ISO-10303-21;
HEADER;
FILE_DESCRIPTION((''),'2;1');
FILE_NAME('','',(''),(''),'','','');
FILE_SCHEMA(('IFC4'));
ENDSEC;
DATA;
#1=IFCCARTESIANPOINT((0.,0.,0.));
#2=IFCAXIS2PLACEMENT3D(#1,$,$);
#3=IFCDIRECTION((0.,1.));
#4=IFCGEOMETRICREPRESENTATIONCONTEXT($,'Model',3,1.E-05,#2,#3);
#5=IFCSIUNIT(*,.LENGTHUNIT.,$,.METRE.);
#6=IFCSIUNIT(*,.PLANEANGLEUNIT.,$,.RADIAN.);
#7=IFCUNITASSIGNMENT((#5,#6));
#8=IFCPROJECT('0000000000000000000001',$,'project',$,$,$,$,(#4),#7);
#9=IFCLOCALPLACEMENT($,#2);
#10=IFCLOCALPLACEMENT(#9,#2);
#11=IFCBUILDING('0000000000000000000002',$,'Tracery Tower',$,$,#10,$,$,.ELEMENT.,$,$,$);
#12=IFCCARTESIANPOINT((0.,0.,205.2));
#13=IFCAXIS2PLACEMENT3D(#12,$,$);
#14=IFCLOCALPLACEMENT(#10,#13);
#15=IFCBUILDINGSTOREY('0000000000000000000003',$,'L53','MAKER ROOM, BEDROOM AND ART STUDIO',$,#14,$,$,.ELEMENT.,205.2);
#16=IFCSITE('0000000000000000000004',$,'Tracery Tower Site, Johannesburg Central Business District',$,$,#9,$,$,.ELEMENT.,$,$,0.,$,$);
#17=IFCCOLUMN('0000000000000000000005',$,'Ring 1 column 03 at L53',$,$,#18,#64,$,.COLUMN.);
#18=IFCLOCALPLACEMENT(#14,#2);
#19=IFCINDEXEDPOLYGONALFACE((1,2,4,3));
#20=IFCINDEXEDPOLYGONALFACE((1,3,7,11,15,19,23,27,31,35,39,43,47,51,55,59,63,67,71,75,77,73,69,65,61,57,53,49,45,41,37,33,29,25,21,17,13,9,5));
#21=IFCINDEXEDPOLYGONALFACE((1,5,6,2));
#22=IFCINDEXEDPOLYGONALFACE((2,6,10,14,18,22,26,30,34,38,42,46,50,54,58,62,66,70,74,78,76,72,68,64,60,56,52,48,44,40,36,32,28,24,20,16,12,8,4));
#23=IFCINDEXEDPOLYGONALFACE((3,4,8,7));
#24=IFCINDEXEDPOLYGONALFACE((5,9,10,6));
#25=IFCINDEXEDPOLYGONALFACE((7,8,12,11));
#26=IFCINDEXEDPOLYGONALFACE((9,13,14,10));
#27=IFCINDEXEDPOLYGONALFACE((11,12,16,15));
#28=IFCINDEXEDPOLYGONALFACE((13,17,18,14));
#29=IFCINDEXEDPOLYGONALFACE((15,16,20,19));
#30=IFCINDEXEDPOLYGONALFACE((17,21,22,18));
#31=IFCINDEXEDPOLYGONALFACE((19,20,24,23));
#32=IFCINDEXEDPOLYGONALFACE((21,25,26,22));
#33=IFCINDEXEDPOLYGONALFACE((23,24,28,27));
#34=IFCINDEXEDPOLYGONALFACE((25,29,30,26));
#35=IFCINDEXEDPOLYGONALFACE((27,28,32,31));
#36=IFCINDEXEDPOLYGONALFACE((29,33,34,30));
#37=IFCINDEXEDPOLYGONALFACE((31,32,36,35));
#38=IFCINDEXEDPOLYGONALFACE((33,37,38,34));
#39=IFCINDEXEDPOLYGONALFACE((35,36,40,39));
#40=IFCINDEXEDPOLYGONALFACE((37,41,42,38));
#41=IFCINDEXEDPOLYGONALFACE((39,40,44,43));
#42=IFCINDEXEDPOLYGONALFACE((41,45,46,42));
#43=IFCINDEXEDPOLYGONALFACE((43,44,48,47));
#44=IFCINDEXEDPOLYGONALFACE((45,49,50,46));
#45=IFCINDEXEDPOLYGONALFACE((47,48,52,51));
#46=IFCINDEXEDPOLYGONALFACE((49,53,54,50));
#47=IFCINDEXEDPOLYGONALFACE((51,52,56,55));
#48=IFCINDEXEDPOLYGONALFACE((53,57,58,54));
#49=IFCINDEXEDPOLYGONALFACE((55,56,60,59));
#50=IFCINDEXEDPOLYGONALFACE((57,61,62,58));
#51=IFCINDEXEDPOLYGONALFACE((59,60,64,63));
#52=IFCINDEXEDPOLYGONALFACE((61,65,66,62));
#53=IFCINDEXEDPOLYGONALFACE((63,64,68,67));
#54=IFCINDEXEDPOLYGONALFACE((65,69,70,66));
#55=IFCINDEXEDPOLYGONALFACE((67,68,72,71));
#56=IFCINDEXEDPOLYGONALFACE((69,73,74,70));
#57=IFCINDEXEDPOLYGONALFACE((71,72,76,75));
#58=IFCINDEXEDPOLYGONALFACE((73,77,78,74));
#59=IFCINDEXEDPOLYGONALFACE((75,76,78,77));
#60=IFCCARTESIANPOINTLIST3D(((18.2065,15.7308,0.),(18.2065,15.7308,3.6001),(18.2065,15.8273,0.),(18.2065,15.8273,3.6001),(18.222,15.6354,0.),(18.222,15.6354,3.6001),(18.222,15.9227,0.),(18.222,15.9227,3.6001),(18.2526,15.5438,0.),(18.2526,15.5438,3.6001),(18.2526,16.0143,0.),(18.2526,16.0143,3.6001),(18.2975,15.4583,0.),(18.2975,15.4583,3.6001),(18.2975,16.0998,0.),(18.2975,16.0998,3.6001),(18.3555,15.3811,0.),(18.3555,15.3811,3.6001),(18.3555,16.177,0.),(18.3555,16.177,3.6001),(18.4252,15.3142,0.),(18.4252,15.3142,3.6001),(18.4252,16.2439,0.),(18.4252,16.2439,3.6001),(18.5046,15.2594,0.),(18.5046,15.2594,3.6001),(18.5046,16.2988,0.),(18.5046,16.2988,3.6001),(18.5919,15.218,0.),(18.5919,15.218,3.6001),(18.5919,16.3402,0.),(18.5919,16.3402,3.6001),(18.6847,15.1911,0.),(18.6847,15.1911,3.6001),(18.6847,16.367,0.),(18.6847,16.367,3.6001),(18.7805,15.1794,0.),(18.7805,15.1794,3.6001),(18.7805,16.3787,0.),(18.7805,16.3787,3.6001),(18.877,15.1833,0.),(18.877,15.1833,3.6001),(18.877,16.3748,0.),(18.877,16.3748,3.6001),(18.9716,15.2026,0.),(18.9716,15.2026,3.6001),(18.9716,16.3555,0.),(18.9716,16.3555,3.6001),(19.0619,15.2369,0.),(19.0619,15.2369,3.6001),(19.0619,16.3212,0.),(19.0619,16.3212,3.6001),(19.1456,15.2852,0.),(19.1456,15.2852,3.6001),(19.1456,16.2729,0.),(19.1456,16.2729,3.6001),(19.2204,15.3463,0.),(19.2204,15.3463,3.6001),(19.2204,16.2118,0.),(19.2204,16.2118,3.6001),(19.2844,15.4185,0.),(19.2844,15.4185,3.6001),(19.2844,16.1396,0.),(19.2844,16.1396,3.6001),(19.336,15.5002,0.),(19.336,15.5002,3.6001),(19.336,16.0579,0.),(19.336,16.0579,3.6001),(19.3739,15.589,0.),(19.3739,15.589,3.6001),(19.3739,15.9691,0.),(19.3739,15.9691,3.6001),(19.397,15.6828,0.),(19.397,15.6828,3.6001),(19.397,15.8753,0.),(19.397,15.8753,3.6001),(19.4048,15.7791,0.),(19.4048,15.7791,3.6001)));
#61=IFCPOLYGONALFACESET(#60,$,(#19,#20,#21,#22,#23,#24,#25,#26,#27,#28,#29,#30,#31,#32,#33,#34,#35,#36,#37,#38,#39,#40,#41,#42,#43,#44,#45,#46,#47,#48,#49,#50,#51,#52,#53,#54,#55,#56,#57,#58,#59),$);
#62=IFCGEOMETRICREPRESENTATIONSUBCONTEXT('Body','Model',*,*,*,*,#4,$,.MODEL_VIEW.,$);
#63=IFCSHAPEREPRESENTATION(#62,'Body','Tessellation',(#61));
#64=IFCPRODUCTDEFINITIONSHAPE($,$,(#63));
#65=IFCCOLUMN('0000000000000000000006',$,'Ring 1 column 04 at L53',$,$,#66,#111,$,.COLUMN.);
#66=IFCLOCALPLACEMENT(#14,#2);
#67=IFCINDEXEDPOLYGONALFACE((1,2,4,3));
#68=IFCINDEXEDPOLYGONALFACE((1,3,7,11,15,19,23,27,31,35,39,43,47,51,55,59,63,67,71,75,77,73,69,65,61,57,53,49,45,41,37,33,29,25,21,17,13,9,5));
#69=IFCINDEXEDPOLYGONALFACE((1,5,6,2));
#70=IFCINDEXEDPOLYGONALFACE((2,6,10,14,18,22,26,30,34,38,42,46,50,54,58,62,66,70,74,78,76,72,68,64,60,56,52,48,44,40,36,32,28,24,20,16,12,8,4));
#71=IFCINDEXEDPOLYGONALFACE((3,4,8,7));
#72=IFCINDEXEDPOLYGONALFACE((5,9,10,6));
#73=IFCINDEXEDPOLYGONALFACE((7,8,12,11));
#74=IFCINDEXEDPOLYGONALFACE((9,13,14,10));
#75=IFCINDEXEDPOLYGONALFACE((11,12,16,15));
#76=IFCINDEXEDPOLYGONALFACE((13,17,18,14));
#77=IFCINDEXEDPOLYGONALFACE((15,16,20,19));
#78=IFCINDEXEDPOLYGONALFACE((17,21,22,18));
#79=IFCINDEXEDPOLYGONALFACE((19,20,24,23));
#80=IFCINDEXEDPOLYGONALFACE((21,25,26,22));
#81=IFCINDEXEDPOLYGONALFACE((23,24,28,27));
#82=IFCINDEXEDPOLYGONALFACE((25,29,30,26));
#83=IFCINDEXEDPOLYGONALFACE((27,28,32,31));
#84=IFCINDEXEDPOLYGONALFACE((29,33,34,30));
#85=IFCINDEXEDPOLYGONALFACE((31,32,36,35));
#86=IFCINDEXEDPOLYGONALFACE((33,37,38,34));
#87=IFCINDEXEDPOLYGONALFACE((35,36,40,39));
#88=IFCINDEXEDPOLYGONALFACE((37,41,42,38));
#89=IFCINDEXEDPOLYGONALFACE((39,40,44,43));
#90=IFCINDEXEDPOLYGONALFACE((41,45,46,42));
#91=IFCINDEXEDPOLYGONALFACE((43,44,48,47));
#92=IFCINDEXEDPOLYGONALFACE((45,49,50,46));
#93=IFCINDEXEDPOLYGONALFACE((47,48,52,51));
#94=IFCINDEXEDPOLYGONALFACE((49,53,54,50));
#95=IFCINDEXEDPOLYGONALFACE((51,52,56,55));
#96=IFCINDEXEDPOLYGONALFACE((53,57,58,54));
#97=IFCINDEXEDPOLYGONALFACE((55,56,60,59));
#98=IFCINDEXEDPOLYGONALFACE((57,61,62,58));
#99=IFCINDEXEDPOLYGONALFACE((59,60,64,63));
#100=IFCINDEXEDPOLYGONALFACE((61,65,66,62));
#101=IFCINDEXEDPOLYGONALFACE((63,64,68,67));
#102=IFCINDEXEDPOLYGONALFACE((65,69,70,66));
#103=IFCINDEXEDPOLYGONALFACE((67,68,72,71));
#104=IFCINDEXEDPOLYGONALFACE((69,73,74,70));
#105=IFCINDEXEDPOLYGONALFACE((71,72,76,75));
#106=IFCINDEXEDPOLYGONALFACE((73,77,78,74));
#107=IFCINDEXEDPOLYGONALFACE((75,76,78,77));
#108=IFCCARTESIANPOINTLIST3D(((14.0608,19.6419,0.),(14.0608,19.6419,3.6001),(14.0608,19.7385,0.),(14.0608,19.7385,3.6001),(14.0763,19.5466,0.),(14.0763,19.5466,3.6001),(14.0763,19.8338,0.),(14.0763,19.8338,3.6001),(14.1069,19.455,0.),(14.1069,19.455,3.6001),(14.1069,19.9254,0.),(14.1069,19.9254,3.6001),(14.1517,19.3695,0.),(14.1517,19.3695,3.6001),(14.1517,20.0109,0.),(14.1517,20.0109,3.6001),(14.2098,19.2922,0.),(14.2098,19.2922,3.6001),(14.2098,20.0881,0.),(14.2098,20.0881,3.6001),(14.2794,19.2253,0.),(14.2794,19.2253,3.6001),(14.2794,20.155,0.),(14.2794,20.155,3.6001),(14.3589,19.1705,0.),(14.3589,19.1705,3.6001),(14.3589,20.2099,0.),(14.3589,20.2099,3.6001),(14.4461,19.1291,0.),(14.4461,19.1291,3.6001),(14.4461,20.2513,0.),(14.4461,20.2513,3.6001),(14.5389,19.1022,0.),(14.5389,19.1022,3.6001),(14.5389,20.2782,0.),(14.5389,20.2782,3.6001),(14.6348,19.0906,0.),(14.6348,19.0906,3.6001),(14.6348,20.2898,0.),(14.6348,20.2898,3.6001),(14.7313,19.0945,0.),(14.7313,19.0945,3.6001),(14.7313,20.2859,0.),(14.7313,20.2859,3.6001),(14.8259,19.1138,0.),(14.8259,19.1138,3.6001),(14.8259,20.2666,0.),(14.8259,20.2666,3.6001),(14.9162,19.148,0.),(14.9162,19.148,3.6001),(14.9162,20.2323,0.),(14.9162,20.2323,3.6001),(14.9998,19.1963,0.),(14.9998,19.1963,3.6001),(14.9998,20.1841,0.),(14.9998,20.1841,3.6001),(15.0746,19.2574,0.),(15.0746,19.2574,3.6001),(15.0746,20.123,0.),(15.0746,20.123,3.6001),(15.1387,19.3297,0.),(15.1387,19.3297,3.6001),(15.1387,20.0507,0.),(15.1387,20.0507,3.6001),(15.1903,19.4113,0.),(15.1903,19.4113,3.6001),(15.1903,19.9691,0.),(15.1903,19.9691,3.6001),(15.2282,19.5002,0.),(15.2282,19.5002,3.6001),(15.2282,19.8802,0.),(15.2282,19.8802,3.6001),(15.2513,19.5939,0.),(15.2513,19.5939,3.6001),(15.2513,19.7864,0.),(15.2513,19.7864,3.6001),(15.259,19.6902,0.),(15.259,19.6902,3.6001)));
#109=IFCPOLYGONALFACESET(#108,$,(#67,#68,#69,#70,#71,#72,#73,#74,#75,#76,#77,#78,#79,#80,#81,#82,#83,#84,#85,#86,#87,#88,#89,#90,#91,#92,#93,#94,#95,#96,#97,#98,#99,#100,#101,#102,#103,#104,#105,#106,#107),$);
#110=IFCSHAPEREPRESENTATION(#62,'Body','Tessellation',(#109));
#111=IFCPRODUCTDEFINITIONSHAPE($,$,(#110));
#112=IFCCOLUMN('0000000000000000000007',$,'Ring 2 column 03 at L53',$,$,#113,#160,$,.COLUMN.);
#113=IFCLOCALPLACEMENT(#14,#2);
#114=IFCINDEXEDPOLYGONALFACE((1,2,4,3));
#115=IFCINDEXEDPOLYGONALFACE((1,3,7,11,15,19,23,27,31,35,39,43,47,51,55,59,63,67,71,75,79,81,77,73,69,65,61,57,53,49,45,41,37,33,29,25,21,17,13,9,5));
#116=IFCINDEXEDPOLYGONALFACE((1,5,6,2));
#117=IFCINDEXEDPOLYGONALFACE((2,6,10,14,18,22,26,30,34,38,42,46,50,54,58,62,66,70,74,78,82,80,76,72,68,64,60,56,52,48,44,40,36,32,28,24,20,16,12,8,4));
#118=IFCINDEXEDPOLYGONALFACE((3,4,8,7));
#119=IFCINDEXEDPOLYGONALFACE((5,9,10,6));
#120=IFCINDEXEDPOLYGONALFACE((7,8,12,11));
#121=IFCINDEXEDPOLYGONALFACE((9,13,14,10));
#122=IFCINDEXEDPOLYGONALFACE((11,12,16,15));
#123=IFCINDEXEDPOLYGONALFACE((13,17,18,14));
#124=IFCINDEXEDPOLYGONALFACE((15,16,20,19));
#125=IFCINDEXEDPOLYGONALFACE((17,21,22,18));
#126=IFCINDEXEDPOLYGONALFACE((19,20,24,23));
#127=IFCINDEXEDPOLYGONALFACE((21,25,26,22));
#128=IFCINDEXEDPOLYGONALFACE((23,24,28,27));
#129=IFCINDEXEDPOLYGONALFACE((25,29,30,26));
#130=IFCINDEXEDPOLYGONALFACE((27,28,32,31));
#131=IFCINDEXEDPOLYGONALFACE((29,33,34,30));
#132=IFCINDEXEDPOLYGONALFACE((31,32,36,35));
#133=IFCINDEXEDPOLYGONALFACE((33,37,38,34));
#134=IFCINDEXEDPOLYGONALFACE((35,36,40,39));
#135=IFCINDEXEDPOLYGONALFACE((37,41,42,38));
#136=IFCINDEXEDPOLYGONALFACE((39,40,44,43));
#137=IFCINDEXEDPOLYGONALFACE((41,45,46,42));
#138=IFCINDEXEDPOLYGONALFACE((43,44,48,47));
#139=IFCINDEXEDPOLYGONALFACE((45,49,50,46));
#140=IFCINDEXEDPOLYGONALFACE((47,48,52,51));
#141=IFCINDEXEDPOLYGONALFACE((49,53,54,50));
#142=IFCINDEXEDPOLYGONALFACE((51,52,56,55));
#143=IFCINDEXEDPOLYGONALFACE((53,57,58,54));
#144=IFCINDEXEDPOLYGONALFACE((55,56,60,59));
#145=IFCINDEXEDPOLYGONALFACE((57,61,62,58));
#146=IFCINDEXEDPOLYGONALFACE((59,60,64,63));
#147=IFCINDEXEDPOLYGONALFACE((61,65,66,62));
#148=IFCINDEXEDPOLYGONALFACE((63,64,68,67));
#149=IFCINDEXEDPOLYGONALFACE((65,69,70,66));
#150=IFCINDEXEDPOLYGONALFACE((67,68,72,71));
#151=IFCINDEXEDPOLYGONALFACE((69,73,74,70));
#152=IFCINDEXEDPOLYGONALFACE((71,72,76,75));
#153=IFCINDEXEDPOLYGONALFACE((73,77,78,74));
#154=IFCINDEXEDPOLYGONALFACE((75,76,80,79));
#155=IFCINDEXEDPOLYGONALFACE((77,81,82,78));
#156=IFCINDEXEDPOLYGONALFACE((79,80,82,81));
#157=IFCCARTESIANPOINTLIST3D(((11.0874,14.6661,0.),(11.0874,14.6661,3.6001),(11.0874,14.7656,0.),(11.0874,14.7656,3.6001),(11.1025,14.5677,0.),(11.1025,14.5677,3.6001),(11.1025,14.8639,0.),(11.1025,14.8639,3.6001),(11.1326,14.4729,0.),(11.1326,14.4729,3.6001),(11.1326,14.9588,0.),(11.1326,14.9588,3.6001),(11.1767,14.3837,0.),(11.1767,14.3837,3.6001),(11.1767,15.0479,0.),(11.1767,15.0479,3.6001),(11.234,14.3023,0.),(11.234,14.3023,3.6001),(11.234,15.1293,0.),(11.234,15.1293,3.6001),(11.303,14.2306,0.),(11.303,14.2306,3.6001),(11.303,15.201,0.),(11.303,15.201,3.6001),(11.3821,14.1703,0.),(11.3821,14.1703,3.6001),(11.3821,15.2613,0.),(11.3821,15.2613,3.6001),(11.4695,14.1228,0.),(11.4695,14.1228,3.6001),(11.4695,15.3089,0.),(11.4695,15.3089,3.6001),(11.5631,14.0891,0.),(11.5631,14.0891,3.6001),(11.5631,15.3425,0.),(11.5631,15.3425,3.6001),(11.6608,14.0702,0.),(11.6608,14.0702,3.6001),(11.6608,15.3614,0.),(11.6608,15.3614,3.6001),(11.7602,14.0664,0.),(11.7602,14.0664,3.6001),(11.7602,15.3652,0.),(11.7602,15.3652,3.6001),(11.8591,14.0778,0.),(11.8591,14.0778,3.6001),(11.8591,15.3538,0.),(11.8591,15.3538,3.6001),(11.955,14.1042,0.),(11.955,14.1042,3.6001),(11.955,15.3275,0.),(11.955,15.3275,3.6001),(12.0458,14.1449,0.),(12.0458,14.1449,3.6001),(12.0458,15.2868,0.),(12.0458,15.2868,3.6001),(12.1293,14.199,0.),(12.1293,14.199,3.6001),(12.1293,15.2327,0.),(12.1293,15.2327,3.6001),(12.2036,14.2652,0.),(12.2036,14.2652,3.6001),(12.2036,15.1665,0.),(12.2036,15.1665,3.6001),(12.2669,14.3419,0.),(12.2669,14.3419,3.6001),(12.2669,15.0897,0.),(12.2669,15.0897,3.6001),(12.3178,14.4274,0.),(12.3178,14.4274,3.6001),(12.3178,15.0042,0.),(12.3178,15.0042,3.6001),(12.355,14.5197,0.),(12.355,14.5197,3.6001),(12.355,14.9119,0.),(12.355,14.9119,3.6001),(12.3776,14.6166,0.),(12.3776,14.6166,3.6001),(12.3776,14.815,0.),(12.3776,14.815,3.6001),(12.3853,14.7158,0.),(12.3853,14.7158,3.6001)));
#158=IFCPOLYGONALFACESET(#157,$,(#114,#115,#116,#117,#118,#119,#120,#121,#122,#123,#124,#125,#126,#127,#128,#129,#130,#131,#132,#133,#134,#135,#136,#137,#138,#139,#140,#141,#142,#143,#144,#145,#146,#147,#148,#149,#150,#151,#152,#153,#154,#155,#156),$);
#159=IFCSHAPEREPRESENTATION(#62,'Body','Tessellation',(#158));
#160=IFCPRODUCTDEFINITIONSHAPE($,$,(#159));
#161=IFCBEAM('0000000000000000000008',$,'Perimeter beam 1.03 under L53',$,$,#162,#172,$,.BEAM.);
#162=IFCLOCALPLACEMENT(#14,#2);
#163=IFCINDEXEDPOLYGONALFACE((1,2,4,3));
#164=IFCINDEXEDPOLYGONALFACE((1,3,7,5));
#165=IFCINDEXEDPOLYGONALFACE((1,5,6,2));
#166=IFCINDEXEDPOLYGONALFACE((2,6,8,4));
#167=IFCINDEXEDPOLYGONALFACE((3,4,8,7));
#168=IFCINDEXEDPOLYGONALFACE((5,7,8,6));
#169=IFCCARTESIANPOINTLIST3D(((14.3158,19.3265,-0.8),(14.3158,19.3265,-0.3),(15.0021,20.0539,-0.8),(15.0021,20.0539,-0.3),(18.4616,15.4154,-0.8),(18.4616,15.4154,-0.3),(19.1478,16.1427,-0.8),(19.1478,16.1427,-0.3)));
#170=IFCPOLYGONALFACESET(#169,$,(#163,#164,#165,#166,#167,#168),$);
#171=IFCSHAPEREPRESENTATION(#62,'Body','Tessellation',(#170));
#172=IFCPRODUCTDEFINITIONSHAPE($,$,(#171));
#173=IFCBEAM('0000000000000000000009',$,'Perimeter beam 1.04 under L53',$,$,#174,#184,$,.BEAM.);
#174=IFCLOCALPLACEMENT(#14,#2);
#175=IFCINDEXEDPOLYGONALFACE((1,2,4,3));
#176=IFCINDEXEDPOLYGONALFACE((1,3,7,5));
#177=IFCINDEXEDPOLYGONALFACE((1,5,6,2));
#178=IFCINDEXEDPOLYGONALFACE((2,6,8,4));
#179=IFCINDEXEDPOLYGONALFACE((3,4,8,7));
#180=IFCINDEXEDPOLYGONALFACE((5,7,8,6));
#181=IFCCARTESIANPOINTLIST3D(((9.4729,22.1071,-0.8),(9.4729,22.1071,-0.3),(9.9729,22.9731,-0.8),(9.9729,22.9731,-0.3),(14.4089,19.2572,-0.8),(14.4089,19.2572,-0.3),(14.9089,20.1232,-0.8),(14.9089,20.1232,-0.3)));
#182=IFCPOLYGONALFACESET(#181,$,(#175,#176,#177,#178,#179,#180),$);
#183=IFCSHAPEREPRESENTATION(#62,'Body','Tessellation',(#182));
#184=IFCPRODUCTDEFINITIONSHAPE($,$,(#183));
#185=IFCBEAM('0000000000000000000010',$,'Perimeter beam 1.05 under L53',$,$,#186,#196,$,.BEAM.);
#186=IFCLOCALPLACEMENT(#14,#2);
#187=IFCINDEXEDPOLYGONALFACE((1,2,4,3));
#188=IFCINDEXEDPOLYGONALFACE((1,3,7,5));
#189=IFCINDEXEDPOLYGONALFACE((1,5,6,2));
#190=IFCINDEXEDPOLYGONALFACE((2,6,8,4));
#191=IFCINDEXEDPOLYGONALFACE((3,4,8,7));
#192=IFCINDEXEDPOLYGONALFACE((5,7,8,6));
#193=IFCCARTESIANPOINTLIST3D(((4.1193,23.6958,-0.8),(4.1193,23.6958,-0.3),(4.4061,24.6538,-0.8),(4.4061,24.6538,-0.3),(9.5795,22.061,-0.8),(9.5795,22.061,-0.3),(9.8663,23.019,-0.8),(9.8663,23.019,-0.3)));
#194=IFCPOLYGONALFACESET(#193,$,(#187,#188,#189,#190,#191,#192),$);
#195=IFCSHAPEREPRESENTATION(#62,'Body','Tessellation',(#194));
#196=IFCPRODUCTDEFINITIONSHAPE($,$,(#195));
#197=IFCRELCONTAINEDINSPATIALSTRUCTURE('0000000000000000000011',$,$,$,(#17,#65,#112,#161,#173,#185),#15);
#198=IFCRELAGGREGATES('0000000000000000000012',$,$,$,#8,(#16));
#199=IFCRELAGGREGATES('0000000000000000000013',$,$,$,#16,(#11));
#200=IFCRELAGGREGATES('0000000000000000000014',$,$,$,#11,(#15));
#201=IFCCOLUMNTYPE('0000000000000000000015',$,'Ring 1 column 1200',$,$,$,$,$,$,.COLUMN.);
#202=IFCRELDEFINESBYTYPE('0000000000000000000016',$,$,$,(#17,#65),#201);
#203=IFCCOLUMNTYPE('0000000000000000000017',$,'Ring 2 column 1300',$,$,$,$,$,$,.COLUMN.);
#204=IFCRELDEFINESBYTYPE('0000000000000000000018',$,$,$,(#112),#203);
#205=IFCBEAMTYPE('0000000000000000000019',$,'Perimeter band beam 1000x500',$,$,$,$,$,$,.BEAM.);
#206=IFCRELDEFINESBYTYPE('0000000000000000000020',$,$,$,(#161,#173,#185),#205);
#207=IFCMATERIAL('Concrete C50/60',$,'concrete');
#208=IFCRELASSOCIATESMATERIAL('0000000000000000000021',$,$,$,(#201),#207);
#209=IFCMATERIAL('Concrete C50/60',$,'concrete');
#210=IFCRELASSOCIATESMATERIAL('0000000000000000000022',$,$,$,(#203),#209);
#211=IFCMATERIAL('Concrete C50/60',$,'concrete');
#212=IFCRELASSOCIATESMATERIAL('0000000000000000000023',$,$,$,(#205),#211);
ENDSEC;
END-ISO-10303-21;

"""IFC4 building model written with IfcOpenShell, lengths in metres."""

from ifc_helpers import new_model, si_unit, direction, frame, origin, origin_2d, place, context, subcontext, project, spatial, rectangle, circle, extrude, material, material_profile, profile_set, type_object, element, save


model = new_model("IFC4")

# Units and contexts
model_context = context("Model", 3, precision=1e-05, world=origin(), true_north=direction((0.0, 1.0)))
body_context = subcontext(model_context, "Body", "Model", "MODEL_VIEW")
ifc_project = project(units=[si_unit("LENGTHUNIT", "METRE"), si_unit("PLANEANGLEUNIT", "RADIAN")], contexts=[model_context])

# Site, building, storey
site_placement = place(None, origin())
site = spatial("IfcSite", under=ifc_project, at=site_placement, Name="Tracery Tower Site, Johannesburg Central Business District", CompositionType="ELEMENT", RefElevation=0.0)
building_placement = place(site_placement, origin())
building = spatial("IfcBuilding", under=site, at=building_placement, Name="Tracery Tower", CompositionType="ELEMENT")
storey_placement = place(building_placement, frame((0.0, 0.0, 205.2)))
storey = spatial("IfcBuildingStorey", under=building, at=storey_placement, Name="L53", Description="MAKER ROOM, BEDROOM AND ART STUDIO", CompositionType="ELEMENT", Elevation=205.2)

# Columns
ifc_material_1 = material(Name="Concrete C50/60", Category="concrete")
ifc_material_profile_1 = material_profile(ifc_material_1, circle(Radius=0.6001, at=origin_2d()), Name="RC D1200")
ifc_profile_set_1 = profile_set([ifc_material_profile_1], Name="Concrete C50/60")
column_type_1 = type_object("IfcColumnType", Name="Ring 1 column 1200", PredefinedType="COLUMN", material=ifc_profile_set_1)
for number, where, z_axis, x_axis, name in (
    (1, (18.8047, 15.7791, 0.0), (0.0, 0.0, 1.0), (1.0, 0.0, 0.0), "Ring 1 column 03 at L53"),
    (2, (14.6589, 19.6902, 0.0), (0.0, 0.0, 1.0), (1.0, 0.0, 0.0), "Ring 1 column 04 at L53"),
):
    element("IfcColumn", number, at=place(storey_placement, frame(where, z_axis=z_axis, x_axis=x_axis)), inside=storey, type_object=column_type_1, Name=name, PredefinedType="COLUMN", context=body_context, shape_type="SweptSolid", body=[
        extrude(circle(Radius=0.6001, at=origin_2d()), origin(), (0.0, 0.0, 1.0), 3.6001),
    ])
ifc_material_2 = material(Name="Concrete C50/60", Category="concrete")
ifc_material_profile_2 = material_profile(ifc_material_2, circle(Radius=0.6499, at=origin_2d()), Name="RC D1300")
ifc_profile_set_2 = profile_set([ifc_material_profile_2], Name="Concrete C50/60")
column_type_2 = type_object("IfcColumnType", Name="Ring 2 column 1300", PredefinedType="COLUMN", material=ifc_profile_set_2)
column_placement = place(storey_placement, frame((11.7354, 14.7158, 0.0), z_axis=(0.0, 0.0, 1.0), x_axis=(1.0, 0.0, 0.0)))
element("IfcColumn", 3, at=column_placement, inside=storey, type_object=column_type_2, Name="Ring 2 column 03 at L53", PredefinedType="COLUMN", context=body_context, shape_type="SweptSolid", body=[
    extrude(circle(Radius=0.6499, at=origin_2d()), origin(), (0.0, 0.0, 1.0), 3.6001),
])

# Beams
ifc_material_3 = material(Name="Concrete C50/60", Category="concrete")
ifc_material_profile_3 = material_profile(ifc_material_3, rectangle(XDim=1.0, YDim=0.5, at=origin_2d()), Name="RC 1000x500")
ifc_profile_set_3 = profile_set([ifc_material_profile_3], Name="Concrete C50/60")
beam_type = type_object("IfcBeamType", Name="Perimeter band beam 1000x500", PredefinedType="BEAM", material=ifc_profile_set_3)
beam_placement = place(storey_placement, frame((18.8047, 15.7791, -0.55), z_axis=(-0.72739, 0.686225, 0.0), x_axis=(-0.686225, -0.72739, 0.0)))
element("IfcBeam", 4, at=beam_placement, inside=storey, type_object=beam_type, Name="Perimeter beam 1.03 under L53", PredefinedType="BEAM", context=body_context, shape_type="SweptSolid", body=[
    extrude(rectangle(XDim=1.0, YDim=0.5, at=origin_2d()), origin(), (0.0, 0.0, 1.0), 5.6995),
])
for number, where, z_axis, x_axis, name in (
    (5, (14.6589, 19.6902, -0.55), (-0.866023, 0.500004, 0.0), (-0.500004, -0.866023, 0.0), "Perimeter beam 1.04 under L53"),
    (6, (9.7229, 22.54, -0.55), (-0.957985, 0.286817, 0.0), (-0.286817, -0.957985, 0.0), "Perimeter beam 1.05 under L53"),
):
    element("IfcBeam", number, at=place(storey_placement, frame(where, z_axis=z_axis, x_axis=x_axis)), inside=storey, type_object=beam_type, Name=name, PredefinedType="BEAM", context=body_context, shape_type="SweptSolid", body=[
        extrude(rectangle(XDim=1.0, YDim=0.5, at=origin_2d()), origin(), (0.0, 0.0, 1.0), 5.6997),
    ])

save(model, "model.ifc")
